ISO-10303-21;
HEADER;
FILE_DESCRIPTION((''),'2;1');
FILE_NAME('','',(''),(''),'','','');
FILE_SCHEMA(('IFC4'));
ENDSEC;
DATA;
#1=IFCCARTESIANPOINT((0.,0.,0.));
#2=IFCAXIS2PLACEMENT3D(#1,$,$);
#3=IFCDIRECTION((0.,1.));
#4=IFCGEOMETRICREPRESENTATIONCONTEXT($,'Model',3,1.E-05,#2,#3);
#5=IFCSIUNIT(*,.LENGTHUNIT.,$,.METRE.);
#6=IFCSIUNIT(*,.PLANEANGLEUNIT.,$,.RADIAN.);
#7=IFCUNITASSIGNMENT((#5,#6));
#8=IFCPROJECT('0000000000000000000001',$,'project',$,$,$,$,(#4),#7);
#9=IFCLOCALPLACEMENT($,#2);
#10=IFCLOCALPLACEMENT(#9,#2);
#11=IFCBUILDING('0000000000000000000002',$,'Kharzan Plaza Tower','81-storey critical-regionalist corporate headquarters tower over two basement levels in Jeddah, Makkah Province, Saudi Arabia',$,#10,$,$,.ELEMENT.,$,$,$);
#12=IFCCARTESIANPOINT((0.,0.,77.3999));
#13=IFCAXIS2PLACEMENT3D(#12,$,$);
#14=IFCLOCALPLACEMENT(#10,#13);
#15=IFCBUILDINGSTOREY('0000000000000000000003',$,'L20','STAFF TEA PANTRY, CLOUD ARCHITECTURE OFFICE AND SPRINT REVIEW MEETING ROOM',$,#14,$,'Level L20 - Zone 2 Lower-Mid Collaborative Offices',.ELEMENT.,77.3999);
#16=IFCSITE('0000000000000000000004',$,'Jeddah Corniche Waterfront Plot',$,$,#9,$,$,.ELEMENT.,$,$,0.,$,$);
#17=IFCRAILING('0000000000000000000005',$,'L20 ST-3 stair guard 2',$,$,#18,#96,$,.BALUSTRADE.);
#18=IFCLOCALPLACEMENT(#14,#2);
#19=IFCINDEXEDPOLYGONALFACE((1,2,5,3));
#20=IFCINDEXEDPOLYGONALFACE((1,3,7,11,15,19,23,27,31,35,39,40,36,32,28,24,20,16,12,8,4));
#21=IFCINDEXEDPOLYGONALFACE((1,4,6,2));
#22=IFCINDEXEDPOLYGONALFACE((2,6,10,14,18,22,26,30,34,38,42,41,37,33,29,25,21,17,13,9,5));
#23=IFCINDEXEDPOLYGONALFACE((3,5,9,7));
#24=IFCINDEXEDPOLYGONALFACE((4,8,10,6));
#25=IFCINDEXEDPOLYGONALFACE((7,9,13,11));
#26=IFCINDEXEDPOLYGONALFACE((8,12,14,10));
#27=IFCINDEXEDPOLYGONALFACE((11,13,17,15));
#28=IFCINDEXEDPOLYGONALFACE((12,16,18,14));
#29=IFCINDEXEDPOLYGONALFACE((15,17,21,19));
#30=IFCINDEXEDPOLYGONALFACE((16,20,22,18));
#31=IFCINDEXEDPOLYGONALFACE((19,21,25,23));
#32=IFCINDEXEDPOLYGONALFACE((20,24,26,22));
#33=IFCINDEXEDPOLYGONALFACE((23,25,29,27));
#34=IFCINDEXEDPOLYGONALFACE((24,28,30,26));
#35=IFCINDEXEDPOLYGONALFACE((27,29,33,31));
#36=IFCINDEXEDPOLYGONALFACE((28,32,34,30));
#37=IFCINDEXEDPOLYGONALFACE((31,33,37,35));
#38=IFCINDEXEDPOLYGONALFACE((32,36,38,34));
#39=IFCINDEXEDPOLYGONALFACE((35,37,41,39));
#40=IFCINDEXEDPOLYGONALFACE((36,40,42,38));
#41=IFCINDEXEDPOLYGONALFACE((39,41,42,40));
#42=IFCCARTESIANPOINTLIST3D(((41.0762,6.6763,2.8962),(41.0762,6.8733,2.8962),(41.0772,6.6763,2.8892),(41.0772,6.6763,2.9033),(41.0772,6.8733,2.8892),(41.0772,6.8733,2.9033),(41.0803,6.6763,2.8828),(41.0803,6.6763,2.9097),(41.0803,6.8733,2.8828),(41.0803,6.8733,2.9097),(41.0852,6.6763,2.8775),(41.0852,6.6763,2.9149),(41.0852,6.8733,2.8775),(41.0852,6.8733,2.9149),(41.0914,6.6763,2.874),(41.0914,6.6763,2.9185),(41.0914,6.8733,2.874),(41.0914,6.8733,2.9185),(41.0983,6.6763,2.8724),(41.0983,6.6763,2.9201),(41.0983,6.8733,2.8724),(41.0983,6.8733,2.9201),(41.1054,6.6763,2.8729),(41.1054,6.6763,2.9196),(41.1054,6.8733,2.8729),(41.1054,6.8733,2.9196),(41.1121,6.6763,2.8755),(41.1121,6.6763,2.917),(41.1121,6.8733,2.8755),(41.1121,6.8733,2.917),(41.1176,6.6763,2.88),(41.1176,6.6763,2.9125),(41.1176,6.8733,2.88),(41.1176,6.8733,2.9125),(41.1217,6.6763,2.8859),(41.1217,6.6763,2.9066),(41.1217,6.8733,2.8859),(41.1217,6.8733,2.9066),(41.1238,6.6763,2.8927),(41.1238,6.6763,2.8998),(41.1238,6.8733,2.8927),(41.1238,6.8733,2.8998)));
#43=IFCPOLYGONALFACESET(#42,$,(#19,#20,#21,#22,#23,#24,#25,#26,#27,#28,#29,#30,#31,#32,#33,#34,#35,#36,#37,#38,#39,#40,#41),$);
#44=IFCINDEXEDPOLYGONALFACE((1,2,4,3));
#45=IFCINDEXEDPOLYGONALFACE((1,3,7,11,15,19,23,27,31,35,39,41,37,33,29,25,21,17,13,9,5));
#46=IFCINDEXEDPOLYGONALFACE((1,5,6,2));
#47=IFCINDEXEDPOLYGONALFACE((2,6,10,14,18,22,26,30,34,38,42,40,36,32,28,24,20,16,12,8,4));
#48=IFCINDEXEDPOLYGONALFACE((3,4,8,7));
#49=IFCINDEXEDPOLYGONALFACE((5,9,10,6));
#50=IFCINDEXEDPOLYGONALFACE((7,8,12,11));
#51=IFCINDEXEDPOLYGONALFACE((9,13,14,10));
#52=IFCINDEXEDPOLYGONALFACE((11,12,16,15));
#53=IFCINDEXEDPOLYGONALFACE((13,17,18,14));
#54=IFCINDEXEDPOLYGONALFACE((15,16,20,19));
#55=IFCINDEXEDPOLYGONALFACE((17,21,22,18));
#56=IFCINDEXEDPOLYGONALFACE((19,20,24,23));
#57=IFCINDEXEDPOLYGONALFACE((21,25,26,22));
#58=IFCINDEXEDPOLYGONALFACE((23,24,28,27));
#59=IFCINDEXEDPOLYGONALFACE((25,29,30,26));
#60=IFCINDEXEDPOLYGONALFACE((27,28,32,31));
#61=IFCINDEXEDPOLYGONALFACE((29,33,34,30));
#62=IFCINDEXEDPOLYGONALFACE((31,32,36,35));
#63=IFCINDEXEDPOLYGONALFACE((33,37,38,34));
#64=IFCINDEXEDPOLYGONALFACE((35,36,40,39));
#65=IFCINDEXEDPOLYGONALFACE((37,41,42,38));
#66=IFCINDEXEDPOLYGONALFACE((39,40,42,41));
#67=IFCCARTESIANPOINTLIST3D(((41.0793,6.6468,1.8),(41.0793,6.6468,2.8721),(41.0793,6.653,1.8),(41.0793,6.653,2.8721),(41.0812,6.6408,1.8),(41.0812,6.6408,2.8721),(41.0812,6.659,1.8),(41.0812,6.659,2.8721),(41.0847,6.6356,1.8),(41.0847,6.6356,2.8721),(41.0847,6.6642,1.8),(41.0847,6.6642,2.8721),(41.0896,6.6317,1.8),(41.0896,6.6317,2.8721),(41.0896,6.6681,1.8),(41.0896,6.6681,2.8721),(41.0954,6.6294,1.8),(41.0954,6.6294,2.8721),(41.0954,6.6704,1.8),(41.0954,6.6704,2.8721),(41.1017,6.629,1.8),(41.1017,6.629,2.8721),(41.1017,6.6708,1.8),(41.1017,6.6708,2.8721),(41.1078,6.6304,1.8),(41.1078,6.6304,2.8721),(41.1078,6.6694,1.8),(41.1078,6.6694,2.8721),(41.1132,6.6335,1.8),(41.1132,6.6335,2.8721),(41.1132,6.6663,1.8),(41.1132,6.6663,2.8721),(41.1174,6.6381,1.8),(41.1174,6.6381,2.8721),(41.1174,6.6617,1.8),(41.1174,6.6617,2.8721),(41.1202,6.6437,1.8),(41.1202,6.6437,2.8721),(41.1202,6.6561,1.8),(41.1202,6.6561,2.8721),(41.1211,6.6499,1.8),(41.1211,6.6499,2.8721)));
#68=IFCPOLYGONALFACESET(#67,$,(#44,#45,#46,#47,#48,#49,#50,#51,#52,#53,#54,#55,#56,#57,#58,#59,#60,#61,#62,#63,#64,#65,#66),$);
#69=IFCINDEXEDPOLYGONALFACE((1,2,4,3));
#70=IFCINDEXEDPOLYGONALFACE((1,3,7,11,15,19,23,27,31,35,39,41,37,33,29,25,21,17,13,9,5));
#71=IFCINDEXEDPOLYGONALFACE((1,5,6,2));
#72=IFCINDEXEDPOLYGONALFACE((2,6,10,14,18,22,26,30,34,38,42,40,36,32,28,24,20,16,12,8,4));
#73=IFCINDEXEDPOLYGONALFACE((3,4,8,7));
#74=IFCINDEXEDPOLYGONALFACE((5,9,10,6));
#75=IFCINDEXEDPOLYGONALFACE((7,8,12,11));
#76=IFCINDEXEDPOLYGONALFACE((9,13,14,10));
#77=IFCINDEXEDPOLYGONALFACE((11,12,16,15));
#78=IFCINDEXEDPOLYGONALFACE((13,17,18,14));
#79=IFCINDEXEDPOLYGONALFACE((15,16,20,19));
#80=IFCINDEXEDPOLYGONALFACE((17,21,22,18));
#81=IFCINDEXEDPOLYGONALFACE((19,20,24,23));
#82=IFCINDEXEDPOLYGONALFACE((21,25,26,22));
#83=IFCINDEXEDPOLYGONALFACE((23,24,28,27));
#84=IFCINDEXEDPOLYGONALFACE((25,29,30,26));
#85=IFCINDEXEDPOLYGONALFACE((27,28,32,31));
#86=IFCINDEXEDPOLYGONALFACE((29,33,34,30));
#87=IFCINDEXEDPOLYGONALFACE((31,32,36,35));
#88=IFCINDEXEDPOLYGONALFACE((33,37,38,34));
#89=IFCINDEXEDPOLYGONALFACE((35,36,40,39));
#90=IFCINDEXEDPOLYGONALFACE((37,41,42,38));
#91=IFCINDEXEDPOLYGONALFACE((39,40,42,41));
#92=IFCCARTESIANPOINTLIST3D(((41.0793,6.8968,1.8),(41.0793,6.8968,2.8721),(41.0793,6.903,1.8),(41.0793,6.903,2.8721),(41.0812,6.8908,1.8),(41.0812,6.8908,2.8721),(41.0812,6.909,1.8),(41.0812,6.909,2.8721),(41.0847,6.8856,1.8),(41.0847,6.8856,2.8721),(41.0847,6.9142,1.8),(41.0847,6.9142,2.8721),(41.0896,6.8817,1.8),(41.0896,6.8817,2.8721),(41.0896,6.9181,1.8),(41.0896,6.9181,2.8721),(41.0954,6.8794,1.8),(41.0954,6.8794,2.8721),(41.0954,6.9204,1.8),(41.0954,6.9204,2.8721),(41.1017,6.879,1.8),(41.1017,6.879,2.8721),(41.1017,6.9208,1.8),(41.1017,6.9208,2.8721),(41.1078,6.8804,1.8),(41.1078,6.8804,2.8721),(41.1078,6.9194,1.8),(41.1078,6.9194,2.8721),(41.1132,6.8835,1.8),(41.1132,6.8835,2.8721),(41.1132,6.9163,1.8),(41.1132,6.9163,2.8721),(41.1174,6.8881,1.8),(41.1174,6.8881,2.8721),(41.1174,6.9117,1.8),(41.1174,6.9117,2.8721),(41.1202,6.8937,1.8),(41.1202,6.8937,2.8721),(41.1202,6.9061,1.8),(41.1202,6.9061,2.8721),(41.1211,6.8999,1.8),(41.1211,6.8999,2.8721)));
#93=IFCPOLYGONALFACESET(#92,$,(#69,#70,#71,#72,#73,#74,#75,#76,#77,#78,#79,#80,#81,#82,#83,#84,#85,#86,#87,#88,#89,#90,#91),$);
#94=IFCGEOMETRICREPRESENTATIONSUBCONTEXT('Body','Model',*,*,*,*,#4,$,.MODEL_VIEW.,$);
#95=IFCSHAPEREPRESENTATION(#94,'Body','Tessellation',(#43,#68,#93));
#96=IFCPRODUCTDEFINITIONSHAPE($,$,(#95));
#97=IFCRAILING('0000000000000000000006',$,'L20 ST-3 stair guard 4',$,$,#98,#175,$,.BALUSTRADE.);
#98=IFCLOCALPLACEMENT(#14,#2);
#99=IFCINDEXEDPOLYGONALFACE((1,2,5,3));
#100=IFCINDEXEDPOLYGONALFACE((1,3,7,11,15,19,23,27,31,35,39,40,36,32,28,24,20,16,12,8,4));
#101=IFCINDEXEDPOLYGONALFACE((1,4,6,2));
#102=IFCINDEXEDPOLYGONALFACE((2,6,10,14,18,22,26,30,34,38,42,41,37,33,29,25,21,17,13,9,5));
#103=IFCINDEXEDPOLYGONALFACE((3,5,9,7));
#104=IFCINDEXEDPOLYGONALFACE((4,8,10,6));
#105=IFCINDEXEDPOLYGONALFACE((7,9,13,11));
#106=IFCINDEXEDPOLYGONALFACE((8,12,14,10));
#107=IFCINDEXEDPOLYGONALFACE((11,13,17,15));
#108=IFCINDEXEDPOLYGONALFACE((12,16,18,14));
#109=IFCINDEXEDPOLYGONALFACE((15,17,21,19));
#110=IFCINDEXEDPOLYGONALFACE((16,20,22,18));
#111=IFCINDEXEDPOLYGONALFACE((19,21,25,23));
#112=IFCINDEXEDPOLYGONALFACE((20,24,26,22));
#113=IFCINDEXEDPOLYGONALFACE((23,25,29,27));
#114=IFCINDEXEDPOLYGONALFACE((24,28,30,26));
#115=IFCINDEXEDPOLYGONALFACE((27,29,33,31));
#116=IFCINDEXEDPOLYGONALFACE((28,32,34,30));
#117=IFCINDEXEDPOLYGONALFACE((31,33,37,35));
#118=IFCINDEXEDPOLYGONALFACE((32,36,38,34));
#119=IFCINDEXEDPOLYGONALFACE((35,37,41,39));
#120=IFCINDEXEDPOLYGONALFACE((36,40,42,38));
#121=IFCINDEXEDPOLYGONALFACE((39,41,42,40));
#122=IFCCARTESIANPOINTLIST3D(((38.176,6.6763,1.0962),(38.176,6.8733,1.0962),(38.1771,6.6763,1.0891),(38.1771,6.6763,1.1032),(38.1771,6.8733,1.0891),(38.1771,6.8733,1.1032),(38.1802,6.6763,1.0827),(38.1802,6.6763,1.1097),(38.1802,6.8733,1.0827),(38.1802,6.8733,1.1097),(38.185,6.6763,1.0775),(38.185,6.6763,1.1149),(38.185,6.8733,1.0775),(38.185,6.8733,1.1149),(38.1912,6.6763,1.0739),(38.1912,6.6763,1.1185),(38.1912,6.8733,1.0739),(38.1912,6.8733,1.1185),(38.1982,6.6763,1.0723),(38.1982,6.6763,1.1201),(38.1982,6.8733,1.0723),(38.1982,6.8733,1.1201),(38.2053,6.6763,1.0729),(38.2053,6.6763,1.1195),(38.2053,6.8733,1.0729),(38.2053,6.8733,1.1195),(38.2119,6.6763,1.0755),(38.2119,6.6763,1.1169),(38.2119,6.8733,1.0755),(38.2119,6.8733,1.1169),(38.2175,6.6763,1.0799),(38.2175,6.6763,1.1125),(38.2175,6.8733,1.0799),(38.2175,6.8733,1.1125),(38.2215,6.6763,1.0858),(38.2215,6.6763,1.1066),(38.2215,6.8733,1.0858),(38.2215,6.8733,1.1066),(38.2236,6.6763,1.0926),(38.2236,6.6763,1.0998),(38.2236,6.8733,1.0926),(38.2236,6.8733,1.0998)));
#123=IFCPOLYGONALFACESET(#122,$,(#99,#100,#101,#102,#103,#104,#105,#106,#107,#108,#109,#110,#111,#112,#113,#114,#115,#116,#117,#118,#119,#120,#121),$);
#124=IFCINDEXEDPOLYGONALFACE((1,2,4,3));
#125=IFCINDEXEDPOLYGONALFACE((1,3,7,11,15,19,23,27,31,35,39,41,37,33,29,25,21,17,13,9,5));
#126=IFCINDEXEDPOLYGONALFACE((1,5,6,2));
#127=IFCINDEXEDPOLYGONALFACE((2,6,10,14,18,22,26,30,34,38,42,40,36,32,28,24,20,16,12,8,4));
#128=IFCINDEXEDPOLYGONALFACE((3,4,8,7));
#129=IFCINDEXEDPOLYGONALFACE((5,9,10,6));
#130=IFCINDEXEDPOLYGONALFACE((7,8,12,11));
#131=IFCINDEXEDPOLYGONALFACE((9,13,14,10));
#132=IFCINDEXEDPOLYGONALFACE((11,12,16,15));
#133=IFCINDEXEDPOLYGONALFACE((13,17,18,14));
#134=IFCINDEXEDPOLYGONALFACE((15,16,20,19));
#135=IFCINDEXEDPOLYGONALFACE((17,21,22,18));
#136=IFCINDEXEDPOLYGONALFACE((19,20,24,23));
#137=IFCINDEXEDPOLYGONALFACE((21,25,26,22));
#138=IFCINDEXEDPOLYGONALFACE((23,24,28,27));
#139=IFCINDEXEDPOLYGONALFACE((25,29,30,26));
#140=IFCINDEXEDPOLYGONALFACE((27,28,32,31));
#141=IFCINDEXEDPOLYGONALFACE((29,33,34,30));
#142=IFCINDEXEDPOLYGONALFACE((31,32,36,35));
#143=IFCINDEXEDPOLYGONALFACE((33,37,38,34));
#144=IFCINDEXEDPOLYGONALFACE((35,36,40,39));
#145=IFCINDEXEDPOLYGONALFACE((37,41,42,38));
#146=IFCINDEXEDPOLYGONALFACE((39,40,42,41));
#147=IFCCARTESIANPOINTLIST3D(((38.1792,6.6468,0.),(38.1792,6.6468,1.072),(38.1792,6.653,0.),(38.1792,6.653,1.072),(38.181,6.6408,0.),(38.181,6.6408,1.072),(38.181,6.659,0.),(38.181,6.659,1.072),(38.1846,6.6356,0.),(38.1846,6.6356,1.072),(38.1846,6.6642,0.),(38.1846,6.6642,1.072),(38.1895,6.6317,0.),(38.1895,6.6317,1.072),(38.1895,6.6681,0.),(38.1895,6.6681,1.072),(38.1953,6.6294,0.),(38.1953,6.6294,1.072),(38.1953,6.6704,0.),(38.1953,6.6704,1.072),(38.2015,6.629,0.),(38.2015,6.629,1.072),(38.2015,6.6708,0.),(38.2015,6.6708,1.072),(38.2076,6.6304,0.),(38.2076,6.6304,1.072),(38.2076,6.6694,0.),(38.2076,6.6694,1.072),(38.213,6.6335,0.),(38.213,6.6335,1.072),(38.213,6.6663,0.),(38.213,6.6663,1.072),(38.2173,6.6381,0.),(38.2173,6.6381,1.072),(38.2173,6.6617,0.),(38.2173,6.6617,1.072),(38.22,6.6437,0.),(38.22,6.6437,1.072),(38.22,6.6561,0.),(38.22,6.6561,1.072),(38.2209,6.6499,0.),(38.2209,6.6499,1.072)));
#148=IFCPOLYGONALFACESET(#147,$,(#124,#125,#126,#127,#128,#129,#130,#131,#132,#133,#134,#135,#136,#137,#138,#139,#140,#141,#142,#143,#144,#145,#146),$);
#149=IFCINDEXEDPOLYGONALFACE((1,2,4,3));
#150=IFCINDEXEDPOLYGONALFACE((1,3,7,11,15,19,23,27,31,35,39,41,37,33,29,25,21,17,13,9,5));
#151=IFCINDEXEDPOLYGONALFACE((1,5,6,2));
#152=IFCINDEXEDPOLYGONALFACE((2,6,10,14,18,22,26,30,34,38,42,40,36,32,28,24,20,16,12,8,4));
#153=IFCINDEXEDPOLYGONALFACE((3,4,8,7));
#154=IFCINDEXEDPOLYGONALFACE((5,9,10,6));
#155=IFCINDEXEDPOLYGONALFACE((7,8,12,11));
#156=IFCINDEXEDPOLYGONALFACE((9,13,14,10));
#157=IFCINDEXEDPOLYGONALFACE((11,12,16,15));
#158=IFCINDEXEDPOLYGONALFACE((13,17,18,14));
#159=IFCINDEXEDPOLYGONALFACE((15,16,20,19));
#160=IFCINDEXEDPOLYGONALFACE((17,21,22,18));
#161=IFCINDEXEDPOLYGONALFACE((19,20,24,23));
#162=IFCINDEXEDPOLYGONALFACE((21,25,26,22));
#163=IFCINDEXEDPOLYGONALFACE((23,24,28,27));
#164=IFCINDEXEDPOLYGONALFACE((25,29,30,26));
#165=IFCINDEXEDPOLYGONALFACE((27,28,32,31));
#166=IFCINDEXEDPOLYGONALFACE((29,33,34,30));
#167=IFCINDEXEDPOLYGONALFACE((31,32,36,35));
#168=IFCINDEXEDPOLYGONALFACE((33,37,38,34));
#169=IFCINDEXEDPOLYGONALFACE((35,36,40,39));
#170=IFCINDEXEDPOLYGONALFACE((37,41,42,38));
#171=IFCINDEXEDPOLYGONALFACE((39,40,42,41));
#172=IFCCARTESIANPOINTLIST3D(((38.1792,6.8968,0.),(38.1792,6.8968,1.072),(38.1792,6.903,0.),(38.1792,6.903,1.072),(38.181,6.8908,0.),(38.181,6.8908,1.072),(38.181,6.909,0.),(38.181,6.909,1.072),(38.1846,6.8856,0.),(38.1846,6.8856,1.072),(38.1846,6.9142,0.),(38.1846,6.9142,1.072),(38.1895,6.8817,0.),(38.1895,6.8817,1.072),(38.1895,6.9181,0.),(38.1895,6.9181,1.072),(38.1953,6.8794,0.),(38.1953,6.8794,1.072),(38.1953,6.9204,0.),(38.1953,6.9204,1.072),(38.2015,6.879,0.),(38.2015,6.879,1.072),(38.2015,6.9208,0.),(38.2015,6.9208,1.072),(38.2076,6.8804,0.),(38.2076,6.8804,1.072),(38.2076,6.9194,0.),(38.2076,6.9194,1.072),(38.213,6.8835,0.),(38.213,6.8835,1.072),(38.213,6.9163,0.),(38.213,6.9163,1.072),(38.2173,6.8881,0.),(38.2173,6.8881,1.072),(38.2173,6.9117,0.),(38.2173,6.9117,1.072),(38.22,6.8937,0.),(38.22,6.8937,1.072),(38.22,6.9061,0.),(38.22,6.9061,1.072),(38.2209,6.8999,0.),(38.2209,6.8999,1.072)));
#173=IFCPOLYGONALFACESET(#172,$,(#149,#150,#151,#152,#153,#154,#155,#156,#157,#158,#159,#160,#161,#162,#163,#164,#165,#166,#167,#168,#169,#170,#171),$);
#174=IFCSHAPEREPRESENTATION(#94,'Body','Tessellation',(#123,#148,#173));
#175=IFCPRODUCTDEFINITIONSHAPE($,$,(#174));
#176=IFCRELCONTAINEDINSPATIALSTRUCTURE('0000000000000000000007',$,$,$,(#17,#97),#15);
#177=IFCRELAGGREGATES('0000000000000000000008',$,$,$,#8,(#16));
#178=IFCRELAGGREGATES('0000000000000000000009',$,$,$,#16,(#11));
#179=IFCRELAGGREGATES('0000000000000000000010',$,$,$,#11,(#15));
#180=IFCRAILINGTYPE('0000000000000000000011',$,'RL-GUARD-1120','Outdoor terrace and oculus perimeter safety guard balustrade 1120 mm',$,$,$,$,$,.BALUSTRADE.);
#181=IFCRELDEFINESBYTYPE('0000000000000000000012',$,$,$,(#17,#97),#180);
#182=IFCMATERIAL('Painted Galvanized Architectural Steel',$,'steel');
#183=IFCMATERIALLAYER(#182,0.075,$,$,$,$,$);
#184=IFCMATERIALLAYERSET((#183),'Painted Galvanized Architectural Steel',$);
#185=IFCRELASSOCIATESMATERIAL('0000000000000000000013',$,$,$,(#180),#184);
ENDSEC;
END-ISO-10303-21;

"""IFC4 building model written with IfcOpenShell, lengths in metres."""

from ifc_helpers import new_model, si_unit, direction, frame, origin, origin_2d, place, context, subcontext, project, spatial, circle, extrude, source, transform, mapped, material, layer, layer_set, type_object, element, save


model = new_model("IFC4")

# Units and contexts
model_context = context("Model", 3, precision=1e-05, world=origin(), true_north=direction((0.0, 1.0)))
body_context = subcontext(model_context, "Body", "Model", "MODEL_VIEW")
ifc_project = project(units=[si_unit("LENGTHUNIT", "METRE"), si_unit("PLANEANGLEUNIT", "RADIAN")], contexts=[model_context])

# Site, building, storey
site_placement = place(None, origin())
site = spatial("IfcSite", under=ifc_project, at=site_placement, Name="Jeddah Corniche Waterfront Plot", CompositionType="ELEMENT", RefElevation=0.0)
building_placement = place(site_placement, origin())
building = spatial("IfcBuilding", under=site, at=building_placement, Name="Kharzan Plaza Tower", Description="81-storey critical-regionalist corporate headquarters tower over two basement levels in Jeddah, Makkah Province, Saudi Arabia", CompositionType="ELEMENT")
storey_placement = place(building_placement, frame((0.0, 0.0, 77.3999)))
storey = spatial("IfcBuildingStorey", under=building, at=storey_placement, Name="L20", Description="STAFF TEA PANTRY, CLOUD ARCHITECTURE OFFICE AND SPRINT REVIEW MEETING ROOM", LongName="Level L20 - Zone 2 Lower-Mid Collaborative Offices", CompositionType="ELEMENT", Elevation=77.3999)

# Railings
ifc_material_1 = material(Name="Painted Galvanized Architectural Steel", Category="steel")
ifc_layer_1 = layer(ifc_material_1, 0.075)
ifc_layer_set_1 = layer_set([ifc_layer_1], Name="Painted Galvanized Architectural Steel")
railing_type_1 = type_object("IfcRailingType", Name="RL-GUARD-1120", Description="Outdoor terrace and oculus perimeter safety guard balustrade 1120 mm", PredefinedType="BALUSTRADE", material=ifc_layer_set_1)
shared_shape_1 = source(origin(), body_context, "Body", "SweptSolid", [
    extrude(circle(Radius=0.0239, at=origin_2d()), frame((0.0, 0.0264, 1.0962), z_axis=(0.0, 1.0, 0.0), x_axis=(-1.0, 0.0, 0.0)), (0.0, 0.0, 1.0), 0.197),
    extrude(circle(Radius=0.021, at=origin_2d()), origin(), (0.0, 0.0, 1.0), 1.072),
    extrude(circle(Radius=0.021, at=origin_2d()), frame((0.0, 0.25, 0.0)), (0.0, 0.0, 1.0), 1.072),
])
for number, where, name in (
    (1, (41.1001, 6.6499, 1.8), "L20 ST-3 stair guard 2"),
    (2, (38.2, 6.6499, 0.0), "L20 ST-3 stair guard 4"),
):
    element("IfcRailing", number, at=place(storey_placement, frame(where)), inside=storey, type_object=railing_type_1, Name=name, PredefinedType="BALUSTRADE", context=body_context, shape_type="MappedRepresentation", body=[
        mapped(shared_shape_1, transform((0.0, 0.0, 0.0), x_axis=(1.0, 0.0, 0.0), y_axis=(0.0, 1.0, 0.0), z_axis=(0.0, 0.0, 1.0))),
    ])

save(model, "model.ifc")
